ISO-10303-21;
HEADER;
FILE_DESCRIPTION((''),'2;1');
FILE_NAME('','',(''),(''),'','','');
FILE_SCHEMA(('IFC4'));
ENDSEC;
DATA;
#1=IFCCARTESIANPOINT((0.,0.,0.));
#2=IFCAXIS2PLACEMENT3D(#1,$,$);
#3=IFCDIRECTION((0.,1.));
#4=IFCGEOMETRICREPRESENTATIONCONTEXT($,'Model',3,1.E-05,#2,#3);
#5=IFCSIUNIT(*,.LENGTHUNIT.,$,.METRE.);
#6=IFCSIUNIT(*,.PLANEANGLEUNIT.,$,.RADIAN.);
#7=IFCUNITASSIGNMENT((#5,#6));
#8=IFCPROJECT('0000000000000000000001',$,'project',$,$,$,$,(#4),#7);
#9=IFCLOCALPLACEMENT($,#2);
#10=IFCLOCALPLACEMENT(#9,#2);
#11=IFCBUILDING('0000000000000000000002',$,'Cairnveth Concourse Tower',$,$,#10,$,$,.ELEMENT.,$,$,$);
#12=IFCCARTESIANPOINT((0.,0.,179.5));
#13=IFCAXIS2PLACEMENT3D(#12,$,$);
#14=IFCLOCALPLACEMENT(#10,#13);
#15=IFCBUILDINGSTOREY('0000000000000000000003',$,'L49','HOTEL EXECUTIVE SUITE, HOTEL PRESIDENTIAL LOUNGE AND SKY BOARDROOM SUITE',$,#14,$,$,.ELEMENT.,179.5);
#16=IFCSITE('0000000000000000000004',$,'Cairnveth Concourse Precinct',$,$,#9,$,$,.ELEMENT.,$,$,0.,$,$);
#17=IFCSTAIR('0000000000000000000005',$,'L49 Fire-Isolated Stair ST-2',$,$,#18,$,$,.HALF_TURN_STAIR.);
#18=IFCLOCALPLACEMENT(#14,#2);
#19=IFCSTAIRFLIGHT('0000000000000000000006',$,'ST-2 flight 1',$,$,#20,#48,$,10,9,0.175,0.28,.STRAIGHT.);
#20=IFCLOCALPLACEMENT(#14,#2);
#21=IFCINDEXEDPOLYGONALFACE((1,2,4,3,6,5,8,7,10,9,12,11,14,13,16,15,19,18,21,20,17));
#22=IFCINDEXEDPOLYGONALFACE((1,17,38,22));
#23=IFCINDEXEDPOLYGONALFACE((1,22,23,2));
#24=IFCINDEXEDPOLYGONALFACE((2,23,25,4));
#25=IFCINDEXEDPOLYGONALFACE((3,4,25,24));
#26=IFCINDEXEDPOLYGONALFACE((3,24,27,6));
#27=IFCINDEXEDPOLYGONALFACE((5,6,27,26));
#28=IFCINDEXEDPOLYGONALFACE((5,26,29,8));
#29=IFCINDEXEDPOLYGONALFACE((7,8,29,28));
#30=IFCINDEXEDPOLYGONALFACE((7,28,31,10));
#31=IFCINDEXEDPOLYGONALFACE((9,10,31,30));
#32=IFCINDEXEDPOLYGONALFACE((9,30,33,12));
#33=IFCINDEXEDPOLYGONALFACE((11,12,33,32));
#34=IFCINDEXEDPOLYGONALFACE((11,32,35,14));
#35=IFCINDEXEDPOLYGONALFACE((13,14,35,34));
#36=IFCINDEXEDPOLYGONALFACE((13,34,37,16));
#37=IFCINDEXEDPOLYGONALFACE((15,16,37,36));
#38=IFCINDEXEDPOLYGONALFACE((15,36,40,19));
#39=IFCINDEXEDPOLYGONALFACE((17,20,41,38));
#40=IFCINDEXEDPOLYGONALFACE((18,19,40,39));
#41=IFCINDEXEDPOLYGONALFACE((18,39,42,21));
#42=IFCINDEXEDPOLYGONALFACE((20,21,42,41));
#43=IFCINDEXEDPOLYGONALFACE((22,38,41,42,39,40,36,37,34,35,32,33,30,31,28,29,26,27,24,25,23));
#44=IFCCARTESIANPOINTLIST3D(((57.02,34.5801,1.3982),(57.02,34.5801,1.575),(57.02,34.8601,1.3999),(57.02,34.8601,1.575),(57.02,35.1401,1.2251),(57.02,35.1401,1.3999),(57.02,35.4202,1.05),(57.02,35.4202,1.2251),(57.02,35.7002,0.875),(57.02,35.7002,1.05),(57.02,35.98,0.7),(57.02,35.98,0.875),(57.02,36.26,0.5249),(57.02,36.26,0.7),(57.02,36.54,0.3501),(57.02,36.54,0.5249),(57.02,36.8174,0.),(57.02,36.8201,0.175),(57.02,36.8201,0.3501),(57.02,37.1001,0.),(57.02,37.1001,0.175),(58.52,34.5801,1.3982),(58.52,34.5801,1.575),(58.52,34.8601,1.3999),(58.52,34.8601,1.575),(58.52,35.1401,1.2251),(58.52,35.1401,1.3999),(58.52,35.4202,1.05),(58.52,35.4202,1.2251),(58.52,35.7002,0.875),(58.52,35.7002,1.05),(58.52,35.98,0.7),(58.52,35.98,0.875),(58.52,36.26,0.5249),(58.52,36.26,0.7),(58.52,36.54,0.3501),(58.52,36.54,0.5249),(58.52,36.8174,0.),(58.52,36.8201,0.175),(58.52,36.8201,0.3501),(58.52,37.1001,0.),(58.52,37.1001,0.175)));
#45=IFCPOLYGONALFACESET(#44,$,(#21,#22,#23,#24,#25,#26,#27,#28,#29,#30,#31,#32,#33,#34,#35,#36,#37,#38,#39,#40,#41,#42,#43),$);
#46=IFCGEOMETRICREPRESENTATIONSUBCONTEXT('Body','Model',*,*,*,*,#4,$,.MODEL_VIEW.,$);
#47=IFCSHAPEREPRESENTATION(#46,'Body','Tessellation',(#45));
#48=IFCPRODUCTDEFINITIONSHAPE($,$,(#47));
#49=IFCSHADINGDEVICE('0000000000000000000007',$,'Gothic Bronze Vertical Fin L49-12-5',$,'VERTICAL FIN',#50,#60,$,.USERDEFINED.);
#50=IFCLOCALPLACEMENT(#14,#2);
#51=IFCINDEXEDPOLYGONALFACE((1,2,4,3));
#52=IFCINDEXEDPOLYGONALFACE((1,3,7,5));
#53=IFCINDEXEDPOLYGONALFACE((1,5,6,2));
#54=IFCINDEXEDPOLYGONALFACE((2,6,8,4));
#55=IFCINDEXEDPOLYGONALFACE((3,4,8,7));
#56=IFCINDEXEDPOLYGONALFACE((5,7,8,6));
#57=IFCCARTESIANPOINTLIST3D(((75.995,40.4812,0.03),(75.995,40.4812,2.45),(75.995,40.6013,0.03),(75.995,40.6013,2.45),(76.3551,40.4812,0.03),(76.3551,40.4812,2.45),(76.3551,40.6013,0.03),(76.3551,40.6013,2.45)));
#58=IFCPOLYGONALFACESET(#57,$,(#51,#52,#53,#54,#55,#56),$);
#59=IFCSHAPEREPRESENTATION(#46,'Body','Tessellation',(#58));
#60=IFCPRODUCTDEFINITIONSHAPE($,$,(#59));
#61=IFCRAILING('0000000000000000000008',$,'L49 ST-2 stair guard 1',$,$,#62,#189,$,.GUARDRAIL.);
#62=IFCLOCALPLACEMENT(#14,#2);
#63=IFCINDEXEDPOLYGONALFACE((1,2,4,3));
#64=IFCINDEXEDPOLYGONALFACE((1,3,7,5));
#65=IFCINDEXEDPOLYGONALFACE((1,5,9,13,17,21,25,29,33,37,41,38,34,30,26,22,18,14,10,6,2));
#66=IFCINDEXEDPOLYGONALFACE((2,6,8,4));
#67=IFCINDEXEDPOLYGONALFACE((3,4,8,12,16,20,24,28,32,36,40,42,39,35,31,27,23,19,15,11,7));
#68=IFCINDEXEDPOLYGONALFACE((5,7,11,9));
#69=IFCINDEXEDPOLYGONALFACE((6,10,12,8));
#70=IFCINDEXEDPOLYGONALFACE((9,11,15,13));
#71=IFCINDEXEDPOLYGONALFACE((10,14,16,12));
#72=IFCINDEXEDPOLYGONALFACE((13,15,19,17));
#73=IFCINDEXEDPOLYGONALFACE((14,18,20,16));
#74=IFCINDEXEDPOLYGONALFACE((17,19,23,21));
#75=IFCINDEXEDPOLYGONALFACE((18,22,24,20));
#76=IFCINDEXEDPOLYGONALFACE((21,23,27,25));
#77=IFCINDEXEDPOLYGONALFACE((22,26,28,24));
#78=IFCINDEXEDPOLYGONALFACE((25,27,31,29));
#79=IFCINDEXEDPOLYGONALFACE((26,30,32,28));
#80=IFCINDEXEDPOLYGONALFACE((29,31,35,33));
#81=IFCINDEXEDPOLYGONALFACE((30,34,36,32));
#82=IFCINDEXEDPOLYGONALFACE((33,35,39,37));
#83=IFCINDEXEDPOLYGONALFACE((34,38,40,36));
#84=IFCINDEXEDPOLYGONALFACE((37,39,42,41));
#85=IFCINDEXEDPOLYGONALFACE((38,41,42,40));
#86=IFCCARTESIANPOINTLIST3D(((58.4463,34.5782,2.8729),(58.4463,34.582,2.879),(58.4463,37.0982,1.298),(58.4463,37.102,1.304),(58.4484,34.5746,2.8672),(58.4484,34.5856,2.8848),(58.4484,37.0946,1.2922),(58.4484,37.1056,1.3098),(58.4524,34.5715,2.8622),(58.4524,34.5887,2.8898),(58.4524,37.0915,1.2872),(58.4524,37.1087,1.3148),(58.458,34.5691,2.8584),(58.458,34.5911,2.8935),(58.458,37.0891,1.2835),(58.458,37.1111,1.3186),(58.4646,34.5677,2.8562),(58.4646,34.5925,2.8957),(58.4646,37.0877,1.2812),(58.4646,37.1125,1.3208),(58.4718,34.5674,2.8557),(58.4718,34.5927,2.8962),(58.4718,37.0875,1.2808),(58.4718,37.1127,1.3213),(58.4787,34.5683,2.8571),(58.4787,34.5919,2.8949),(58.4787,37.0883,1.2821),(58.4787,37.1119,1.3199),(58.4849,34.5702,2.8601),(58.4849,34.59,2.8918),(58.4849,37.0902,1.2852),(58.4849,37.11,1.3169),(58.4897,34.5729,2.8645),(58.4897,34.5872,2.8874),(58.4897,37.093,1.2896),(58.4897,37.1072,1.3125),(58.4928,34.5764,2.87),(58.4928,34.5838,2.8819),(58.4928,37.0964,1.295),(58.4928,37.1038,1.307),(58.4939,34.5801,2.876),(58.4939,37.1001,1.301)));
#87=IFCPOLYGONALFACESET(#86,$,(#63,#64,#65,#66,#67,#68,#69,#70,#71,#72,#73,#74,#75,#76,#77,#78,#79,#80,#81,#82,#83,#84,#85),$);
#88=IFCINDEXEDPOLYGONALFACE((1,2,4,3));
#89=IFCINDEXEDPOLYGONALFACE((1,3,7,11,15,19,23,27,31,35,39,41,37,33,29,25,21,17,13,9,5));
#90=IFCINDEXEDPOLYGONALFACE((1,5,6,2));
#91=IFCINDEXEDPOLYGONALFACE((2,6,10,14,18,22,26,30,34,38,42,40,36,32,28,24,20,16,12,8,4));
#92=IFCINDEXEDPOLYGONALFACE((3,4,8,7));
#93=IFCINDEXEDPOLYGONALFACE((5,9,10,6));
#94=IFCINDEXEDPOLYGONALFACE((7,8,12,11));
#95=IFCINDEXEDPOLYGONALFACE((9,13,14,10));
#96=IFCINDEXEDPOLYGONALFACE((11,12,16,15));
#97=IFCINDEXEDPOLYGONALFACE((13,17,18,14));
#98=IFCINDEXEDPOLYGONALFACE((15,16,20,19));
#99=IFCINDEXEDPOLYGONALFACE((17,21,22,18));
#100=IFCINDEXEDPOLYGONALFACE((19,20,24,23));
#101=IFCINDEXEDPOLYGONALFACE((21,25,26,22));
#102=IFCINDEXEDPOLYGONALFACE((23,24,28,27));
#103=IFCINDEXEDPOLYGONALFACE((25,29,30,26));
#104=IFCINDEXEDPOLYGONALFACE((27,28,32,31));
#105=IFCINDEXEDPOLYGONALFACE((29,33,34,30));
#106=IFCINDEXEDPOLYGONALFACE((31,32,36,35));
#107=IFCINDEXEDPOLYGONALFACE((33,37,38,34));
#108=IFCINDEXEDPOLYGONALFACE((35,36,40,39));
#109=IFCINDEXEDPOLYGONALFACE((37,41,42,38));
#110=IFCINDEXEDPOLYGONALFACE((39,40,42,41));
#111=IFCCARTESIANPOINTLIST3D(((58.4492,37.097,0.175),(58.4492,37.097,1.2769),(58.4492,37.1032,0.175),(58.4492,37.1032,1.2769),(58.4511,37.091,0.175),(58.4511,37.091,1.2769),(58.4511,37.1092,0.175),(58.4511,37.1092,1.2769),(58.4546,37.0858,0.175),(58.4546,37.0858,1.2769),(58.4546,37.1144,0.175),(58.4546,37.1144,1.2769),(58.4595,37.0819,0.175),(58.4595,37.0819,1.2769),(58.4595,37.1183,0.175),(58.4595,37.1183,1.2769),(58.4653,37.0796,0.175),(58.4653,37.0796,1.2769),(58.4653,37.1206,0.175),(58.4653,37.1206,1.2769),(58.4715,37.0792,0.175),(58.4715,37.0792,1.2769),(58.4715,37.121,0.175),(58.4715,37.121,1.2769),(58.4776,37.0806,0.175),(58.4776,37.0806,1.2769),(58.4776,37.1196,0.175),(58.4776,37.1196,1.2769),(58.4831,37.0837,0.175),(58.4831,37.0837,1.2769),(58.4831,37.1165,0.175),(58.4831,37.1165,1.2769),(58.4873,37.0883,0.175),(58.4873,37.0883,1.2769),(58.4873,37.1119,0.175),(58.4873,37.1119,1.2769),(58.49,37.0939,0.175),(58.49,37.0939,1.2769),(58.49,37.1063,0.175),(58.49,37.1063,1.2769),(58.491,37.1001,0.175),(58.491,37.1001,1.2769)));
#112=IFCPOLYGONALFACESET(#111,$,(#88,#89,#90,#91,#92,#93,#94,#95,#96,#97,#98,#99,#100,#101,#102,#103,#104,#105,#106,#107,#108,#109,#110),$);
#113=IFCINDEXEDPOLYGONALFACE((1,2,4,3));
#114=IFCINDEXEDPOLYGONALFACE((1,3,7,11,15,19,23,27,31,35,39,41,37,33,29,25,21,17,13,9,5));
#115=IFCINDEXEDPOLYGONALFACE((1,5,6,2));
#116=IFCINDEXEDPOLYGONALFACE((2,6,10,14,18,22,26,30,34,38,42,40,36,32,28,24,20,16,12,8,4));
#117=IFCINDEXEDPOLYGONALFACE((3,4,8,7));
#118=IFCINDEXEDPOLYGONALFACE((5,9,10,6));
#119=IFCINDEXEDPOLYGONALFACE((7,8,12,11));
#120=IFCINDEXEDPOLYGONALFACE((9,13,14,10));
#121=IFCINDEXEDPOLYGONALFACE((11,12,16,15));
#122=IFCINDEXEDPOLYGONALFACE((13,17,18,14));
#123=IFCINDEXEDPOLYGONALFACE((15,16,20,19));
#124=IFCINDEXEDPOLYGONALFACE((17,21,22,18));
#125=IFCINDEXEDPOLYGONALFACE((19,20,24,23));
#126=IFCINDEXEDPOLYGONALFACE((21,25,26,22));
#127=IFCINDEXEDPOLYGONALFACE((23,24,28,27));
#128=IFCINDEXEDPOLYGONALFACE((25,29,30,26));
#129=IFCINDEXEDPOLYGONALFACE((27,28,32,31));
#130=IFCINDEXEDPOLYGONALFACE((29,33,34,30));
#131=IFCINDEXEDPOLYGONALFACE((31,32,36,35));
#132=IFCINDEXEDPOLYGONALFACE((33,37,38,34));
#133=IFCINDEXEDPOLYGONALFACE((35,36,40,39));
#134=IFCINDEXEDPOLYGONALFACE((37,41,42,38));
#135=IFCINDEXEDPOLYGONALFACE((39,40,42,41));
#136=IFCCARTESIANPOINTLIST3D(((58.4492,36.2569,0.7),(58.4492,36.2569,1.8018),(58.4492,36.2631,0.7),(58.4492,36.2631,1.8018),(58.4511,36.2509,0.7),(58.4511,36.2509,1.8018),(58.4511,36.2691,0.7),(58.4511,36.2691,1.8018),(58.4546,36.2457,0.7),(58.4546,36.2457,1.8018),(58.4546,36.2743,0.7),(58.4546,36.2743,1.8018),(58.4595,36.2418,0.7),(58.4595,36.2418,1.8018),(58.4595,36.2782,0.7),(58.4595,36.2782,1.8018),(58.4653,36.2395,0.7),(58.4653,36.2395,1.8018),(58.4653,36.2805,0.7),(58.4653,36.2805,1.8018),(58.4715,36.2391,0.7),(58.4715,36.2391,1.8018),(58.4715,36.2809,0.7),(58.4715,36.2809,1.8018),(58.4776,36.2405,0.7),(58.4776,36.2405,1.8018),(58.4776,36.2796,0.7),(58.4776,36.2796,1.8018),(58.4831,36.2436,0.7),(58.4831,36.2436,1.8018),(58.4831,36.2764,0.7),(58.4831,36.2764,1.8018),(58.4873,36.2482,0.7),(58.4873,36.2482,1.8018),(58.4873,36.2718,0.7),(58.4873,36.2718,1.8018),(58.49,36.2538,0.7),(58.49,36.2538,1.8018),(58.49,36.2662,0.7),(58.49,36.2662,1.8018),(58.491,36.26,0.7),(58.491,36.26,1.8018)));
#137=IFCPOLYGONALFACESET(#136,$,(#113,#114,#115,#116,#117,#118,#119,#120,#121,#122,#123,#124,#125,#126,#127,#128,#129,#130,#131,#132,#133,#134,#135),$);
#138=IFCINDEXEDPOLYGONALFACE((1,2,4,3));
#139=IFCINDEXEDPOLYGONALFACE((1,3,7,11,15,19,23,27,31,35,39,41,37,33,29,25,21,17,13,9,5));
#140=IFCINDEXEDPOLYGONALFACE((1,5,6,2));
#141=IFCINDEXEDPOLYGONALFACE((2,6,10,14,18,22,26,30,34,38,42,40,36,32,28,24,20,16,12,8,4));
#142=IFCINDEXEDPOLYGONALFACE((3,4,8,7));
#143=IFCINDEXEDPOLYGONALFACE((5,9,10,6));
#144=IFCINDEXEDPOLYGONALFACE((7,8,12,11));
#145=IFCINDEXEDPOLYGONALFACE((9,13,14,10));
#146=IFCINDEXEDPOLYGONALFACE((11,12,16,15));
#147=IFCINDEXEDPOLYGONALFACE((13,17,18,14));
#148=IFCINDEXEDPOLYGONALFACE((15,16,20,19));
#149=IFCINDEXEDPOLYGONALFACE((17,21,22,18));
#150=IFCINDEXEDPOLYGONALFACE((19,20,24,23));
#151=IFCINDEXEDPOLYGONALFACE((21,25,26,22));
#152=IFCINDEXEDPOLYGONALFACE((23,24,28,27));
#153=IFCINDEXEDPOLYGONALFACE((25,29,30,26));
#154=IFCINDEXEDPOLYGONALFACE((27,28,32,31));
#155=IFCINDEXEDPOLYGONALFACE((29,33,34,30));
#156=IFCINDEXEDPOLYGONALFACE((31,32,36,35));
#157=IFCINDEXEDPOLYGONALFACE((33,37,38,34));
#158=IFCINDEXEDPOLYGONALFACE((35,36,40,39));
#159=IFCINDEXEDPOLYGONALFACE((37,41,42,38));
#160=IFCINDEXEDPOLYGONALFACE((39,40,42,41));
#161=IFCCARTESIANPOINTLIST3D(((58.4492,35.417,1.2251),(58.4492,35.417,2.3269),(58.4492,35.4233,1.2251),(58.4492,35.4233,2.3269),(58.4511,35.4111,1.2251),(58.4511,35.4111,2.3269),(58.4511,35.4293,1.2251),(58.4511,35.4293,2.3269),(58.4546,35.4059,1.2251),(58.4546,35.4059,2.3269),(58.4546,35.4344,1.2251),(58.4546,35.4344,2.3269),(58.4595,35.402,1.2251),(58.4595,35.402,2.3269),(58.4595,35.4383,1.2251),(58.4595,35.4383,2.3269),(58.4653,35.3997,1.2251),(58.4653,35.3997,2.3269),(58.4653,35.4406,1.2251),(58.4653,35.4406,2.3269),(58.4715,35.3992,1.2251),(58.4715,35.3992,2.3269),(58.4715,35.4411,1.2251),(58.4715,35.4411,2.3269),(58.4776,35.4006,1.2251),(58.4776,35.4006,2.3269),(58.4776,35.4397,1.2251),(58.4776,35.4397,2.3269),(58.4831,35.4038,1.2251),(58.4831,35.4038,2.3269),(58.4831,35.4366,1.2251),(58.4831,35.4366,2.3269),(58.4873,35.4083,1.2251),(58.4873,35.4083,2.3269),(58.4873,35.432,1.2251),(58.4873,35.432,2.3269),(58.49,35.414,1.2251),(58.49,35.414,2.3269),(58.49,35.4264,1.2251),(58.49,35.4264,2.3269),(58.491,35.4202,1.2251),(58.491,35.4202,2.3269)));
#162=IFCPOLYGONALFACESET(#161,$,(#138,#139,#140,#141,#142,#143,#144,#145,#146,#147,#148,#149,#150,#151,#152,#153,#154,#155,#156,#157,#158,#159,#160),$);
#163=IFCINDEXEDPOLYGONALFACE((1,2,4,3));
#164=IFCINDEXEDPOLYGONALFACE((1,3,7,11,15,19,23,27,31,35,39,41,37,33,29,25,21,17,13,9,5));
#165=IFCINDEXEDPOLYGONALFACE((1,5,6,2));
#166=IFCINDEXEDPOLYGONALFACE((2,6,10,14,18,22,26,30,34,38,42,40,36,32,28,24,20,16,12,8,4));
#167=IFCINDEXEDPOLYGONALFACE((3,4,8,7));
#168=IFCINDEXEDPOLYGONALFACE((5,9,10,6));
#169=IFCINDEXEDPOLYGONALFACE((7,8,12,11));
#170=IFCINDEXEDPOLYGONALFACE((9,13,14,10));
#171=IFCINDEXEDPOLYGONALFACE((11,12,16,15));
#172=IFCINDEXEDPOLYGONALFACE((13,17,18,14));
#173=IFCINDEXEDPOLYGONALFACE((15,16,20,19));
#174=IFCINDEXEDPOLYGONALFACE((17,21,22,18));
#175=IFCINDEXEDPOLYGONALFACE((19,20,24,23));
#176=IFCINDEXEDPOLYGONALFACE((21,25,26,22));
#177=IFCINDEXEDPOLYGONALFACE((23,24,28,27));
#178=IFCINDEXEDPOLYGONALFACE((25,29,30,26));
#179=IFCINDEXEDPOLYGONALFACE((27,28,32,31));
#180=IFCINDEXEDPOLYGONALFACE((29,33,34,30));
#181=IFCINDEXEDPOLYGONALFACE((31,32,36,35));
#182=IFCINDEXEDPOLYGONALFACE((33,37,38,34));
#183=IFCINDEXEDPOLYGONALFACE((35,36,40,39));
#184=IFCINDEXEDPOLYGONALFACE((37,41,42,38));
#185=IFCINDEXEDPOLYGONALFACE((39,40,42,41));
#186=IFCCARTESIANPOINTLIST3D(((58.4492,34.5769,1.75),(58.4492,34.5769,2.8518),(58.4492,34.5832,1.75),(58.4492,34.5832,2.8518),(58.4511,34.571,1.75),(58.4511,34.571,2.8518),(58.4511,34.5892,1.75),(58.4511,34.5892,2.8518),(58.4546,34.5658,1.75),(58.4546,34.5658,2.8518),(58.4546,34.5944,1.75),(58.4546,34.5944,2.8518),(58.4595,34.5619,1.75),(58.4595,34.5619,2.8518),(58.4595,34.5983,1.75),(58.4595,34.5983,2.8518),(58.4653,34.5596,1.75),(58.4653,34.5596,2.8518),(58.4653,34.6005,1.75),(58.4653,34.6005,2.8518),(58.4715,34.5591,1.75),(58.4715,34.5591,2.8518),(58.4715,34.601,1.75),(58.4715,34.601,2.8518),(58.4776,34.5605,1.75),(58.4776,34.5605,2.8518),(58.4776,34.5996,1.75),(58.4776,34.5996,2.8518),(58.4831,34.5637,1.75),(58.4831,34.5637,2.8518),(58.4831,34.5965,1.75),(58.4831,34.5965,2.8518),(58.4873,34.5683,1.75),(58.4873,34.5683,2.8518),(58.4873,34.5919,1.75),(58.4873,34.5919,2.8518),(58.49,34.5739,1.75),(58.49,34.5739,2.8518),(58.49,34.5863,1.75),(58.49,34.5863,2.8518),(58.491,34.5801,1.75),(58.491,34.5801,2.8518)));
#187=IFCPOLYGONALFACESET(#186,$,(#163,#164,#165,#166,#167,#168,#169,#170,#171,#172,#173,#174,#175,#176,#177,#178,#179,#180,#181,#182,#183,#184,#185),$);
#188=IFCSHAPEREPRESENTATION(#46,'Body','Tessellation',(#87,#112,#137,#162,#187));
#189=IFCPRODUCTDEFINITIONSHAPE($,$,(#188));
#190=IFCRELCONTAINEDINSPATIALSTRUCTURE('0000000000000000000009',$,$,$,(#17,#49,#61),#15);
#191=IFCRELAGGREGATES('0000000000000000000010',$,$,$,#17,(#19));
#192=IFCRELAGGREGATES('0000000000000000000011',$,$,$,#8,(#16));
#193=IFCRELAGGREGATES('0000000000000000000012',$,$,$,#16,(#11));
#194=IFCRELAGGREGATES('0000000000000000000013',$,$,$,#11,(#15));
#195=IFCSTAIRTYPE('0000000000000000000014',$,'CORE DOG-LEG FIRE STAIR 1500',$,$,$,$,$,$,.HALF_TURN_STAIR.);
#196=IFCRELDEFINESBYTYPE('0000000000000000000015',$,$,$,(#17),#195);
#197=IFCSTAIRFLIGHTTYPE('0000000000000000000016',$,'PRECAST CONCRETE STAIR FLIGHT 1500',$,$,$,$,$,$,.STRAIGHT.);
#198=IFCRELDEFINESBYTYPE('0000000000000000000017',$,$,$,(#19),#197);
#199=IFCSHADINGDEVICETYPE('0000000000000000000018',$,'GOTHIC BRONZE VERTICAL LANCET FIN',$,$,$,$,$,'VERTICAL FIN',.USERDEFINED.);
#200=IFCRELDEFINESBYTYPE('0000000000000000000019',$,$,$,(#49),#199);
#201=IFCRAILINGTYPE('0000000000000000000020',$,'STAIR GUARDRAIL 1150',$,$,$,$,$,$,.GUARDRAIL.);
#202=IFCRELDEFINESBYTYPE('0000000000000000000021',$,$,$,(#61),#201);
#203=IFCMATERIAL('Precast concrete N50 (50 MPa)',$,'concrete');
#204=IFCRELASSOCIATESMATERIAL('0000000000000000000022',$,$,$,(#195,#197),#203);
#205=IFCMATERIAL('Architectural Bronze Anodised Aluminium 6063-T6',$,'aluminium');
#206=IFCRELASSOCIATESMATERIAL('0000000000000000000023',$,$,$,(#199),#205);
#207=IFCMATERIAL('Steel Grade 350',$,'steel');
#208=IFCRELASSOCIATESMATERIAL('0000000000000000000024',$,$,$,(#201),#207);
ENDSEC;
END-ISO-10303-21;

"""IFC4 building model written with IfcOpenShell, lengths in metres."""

from ifc_helpers import new_model, si_unit, direction, frame, origin, origin_2d, place, context, subcontext, project, spatial, polyline, rectangle, circle, outline, extrude, material, type_object, element, aggregate, save


model = new_model("IFC4")

# Units and contexts
model_context = context("Model", 3, precision=1e-05, world=origin(), true_north=direction((0.0, 1.0)))
body_context = subcontext(model_context, "Body", "Model", "MODEL_VIEW")
ifc_project = project(units=[si_unit("LENGTHUNIT", "METRE"), si_unit("PLANEANGLEUNIT", "RADIAN")], contexts=[model_context])

# Site, building, storey
site_placement = place(None, origin())
site = spatial("IfcSite", under=ifc_project, at=site_placement, Name="Cairnveth Concourse Precinct", CompositionType="ELEMENT", RefElevation=0.0)
building_placement = place(site_placement, origin())
building = spatial("IfcBuilding", under=site, at=building_placement, Name="Cairnveth Concourse Tower", CompositionType="ELEMENT")
storey_placement = place(building_placement, frame((0.0, 0.0, 179.5)))
storey = spatial("IfcBuildingStorey", under=building, at=storey_placement, Name="L49", Description="HOTEL EXECUTIVE SUITE, HOTEL PRESIDENTIAL LOUNGE AND SKY BOARDROOM SUITE", CompositionType="ELEMENT", Elevation=179.5)

# Shared definitions
ifc_material_1 = material(Name="Steel Grade 350", Category="steel")

# Stair, stair flight
ifc_material_2 = material(Name="Precast concrete N50 (50 MPa)", Category="concrete")
stair_type = type_object("IfcStairType", Name="CORE DOG-LEG FIRE STAIR 1500", PredefinedType="HALF_TURN_STAIR", material=ifc_material_2)
stair_placement = place(storey_placement, origin())
stair = element("IfcStair", 1, at=stair_placement, inside=storey, type_object=stair_type, Name="L49 Fire-Isolated Stair ST-2", PredefinedType="HALF_TURN_STAIR")
stair_flight_type = type_object("IfcStairFlightType", Name="PRECAST CONCRETE STAIR FLIGHT 1500", PredefinedType="STRAIGHT", material=ifc_material_2)
stair_flight_placement = place(storey_placement, frame((57.77, 37.1001, 0.0), z_axis=(0.0, 0.0, 1.0), x_axis=(0.0, -1.0, 0.0)))
stair_flight = element("IfcStairFlight", 2, at=stair_flight_placement, type_object=stair_flight_type, Name="ST-2 flight 1", NumberOfRisers=10, NumberOfTreads=9, PredefinedType="STRAIGHT", RiserHeight=0.175, TreadLength=0.28, context=body_context, shape_type="SweptSolid", body=[
    extrude(outline(polyline([(0.0, 0.0), (0.0, 0.175), (0.28, 0.175), (0.28, 0.3501), (0.5601, 0.3501), (0.5601, 0.5249), (0.8401, 0.5249), (0.8401, 0.7), (1.1201, 0.7), (1.1201, 0.875), (1.3999, 0.875), (1.3999, 1.05), (1.6799, 1.05), (1.6799, 1.2251), (1.96, 1.2251), (1.96, 1.3999), (2.24, 1.3999), (2.24, 1.575), (2.52, 1.575), (2.52, 1.75), (2.52, 1.3982), (0.2827, 0.0), (0.0, 0.0)])), frame((0.0, 0.75, 0.0), z_axis=(0.0, -1.0, 0.0), x_axis=(1.0, 0.0, 0.0)), (0.0, 0.0, 1.0), 1.5),
])
aggregate(stair, [stair_flight])

# Shading device
ifc_material_3 = material(Name="Architectural Bronze Anodised Aluminium 6063-T6", Category="aluminium")
shading_device_type = type_object("IfcShadingDeviceType", Name="GOTHIC BRONZE VERTICAL LANCET FIN", ElementType="VERTICAL FIN", PredefinedType="USERDEFINED", material=ifc_material_3)
shading_device_placement = place(storey_placement, frame((76.175, 40.5413, 0.03), z_axis=(0.0, 0.0, 1.0), x_axis=(0.0, 1.0, 0.0)))
element("IfcShadingDevice", 3, at=shading_device_placement, inside=storey, type_object=shading_device_type, Name="Gothic Bronze Vertical Fin L49-12-5", ObjectType="VERTICAL FIN", PredefinedType="USERDEFINED", context=body_context, shape_type="SweptSolid", body=[
    extrude(rectangle(XDim=0.1201, YDim=0.3601, at=origin_2d()), origin(), (0.0, 0.0, 1.0), 2.4199),
])

# Railing
railing_type_1 = type_object("IfcRailingType", Name="STAIR GUARDRAIL 1150", PredefinedType="GUARDRAIL", material=ifc_material_1)
railing_1_placement = place(storey_placement, frame((58.47, 37.1001, 0.175)))
element("IfcRailing", 4, at=railing_1_placement, inside=storey, type_object=railing_type_1, Name="L49 ST-2 stair guard 1", PredefinedType="GUARDRAIL", context=body_context, shape_type="SweptSolid", body=[
    extrude(circle(Radius=0.0239, at=origin_2d()), frame((0.0, 0.0, 1.126), z_axis=(0.0, -0.848008, 0.529984), x_axis=(1.0, 0.0, 0.0)), (0.0, 0.0, 1.0), 2.9717),
    extrude(circle(Radius=0.021, at=origin_2d()), origin(), (0.0, 0.0, 1.0), 1.1018),
    extrude(circle(Radius=0.021, at=origin_2d()), frame((0.0, -0.8401, 0.5249)), (0.0, 0.0, 1.0), 1.1018),
    extrude(circle(Radius=0.021, at=origin_2d()), frame((0.0, -1.6799, 1.05)), (0.0, 0.0, 1.0), 1.1018),
    extrude(circle(Radius=0.021, at=origin_2d()), frame((0.0, -2.52, 1.575)), (0.0, 0.0, 1.0), 1.1018),
])

save(model, "model.ifc")
